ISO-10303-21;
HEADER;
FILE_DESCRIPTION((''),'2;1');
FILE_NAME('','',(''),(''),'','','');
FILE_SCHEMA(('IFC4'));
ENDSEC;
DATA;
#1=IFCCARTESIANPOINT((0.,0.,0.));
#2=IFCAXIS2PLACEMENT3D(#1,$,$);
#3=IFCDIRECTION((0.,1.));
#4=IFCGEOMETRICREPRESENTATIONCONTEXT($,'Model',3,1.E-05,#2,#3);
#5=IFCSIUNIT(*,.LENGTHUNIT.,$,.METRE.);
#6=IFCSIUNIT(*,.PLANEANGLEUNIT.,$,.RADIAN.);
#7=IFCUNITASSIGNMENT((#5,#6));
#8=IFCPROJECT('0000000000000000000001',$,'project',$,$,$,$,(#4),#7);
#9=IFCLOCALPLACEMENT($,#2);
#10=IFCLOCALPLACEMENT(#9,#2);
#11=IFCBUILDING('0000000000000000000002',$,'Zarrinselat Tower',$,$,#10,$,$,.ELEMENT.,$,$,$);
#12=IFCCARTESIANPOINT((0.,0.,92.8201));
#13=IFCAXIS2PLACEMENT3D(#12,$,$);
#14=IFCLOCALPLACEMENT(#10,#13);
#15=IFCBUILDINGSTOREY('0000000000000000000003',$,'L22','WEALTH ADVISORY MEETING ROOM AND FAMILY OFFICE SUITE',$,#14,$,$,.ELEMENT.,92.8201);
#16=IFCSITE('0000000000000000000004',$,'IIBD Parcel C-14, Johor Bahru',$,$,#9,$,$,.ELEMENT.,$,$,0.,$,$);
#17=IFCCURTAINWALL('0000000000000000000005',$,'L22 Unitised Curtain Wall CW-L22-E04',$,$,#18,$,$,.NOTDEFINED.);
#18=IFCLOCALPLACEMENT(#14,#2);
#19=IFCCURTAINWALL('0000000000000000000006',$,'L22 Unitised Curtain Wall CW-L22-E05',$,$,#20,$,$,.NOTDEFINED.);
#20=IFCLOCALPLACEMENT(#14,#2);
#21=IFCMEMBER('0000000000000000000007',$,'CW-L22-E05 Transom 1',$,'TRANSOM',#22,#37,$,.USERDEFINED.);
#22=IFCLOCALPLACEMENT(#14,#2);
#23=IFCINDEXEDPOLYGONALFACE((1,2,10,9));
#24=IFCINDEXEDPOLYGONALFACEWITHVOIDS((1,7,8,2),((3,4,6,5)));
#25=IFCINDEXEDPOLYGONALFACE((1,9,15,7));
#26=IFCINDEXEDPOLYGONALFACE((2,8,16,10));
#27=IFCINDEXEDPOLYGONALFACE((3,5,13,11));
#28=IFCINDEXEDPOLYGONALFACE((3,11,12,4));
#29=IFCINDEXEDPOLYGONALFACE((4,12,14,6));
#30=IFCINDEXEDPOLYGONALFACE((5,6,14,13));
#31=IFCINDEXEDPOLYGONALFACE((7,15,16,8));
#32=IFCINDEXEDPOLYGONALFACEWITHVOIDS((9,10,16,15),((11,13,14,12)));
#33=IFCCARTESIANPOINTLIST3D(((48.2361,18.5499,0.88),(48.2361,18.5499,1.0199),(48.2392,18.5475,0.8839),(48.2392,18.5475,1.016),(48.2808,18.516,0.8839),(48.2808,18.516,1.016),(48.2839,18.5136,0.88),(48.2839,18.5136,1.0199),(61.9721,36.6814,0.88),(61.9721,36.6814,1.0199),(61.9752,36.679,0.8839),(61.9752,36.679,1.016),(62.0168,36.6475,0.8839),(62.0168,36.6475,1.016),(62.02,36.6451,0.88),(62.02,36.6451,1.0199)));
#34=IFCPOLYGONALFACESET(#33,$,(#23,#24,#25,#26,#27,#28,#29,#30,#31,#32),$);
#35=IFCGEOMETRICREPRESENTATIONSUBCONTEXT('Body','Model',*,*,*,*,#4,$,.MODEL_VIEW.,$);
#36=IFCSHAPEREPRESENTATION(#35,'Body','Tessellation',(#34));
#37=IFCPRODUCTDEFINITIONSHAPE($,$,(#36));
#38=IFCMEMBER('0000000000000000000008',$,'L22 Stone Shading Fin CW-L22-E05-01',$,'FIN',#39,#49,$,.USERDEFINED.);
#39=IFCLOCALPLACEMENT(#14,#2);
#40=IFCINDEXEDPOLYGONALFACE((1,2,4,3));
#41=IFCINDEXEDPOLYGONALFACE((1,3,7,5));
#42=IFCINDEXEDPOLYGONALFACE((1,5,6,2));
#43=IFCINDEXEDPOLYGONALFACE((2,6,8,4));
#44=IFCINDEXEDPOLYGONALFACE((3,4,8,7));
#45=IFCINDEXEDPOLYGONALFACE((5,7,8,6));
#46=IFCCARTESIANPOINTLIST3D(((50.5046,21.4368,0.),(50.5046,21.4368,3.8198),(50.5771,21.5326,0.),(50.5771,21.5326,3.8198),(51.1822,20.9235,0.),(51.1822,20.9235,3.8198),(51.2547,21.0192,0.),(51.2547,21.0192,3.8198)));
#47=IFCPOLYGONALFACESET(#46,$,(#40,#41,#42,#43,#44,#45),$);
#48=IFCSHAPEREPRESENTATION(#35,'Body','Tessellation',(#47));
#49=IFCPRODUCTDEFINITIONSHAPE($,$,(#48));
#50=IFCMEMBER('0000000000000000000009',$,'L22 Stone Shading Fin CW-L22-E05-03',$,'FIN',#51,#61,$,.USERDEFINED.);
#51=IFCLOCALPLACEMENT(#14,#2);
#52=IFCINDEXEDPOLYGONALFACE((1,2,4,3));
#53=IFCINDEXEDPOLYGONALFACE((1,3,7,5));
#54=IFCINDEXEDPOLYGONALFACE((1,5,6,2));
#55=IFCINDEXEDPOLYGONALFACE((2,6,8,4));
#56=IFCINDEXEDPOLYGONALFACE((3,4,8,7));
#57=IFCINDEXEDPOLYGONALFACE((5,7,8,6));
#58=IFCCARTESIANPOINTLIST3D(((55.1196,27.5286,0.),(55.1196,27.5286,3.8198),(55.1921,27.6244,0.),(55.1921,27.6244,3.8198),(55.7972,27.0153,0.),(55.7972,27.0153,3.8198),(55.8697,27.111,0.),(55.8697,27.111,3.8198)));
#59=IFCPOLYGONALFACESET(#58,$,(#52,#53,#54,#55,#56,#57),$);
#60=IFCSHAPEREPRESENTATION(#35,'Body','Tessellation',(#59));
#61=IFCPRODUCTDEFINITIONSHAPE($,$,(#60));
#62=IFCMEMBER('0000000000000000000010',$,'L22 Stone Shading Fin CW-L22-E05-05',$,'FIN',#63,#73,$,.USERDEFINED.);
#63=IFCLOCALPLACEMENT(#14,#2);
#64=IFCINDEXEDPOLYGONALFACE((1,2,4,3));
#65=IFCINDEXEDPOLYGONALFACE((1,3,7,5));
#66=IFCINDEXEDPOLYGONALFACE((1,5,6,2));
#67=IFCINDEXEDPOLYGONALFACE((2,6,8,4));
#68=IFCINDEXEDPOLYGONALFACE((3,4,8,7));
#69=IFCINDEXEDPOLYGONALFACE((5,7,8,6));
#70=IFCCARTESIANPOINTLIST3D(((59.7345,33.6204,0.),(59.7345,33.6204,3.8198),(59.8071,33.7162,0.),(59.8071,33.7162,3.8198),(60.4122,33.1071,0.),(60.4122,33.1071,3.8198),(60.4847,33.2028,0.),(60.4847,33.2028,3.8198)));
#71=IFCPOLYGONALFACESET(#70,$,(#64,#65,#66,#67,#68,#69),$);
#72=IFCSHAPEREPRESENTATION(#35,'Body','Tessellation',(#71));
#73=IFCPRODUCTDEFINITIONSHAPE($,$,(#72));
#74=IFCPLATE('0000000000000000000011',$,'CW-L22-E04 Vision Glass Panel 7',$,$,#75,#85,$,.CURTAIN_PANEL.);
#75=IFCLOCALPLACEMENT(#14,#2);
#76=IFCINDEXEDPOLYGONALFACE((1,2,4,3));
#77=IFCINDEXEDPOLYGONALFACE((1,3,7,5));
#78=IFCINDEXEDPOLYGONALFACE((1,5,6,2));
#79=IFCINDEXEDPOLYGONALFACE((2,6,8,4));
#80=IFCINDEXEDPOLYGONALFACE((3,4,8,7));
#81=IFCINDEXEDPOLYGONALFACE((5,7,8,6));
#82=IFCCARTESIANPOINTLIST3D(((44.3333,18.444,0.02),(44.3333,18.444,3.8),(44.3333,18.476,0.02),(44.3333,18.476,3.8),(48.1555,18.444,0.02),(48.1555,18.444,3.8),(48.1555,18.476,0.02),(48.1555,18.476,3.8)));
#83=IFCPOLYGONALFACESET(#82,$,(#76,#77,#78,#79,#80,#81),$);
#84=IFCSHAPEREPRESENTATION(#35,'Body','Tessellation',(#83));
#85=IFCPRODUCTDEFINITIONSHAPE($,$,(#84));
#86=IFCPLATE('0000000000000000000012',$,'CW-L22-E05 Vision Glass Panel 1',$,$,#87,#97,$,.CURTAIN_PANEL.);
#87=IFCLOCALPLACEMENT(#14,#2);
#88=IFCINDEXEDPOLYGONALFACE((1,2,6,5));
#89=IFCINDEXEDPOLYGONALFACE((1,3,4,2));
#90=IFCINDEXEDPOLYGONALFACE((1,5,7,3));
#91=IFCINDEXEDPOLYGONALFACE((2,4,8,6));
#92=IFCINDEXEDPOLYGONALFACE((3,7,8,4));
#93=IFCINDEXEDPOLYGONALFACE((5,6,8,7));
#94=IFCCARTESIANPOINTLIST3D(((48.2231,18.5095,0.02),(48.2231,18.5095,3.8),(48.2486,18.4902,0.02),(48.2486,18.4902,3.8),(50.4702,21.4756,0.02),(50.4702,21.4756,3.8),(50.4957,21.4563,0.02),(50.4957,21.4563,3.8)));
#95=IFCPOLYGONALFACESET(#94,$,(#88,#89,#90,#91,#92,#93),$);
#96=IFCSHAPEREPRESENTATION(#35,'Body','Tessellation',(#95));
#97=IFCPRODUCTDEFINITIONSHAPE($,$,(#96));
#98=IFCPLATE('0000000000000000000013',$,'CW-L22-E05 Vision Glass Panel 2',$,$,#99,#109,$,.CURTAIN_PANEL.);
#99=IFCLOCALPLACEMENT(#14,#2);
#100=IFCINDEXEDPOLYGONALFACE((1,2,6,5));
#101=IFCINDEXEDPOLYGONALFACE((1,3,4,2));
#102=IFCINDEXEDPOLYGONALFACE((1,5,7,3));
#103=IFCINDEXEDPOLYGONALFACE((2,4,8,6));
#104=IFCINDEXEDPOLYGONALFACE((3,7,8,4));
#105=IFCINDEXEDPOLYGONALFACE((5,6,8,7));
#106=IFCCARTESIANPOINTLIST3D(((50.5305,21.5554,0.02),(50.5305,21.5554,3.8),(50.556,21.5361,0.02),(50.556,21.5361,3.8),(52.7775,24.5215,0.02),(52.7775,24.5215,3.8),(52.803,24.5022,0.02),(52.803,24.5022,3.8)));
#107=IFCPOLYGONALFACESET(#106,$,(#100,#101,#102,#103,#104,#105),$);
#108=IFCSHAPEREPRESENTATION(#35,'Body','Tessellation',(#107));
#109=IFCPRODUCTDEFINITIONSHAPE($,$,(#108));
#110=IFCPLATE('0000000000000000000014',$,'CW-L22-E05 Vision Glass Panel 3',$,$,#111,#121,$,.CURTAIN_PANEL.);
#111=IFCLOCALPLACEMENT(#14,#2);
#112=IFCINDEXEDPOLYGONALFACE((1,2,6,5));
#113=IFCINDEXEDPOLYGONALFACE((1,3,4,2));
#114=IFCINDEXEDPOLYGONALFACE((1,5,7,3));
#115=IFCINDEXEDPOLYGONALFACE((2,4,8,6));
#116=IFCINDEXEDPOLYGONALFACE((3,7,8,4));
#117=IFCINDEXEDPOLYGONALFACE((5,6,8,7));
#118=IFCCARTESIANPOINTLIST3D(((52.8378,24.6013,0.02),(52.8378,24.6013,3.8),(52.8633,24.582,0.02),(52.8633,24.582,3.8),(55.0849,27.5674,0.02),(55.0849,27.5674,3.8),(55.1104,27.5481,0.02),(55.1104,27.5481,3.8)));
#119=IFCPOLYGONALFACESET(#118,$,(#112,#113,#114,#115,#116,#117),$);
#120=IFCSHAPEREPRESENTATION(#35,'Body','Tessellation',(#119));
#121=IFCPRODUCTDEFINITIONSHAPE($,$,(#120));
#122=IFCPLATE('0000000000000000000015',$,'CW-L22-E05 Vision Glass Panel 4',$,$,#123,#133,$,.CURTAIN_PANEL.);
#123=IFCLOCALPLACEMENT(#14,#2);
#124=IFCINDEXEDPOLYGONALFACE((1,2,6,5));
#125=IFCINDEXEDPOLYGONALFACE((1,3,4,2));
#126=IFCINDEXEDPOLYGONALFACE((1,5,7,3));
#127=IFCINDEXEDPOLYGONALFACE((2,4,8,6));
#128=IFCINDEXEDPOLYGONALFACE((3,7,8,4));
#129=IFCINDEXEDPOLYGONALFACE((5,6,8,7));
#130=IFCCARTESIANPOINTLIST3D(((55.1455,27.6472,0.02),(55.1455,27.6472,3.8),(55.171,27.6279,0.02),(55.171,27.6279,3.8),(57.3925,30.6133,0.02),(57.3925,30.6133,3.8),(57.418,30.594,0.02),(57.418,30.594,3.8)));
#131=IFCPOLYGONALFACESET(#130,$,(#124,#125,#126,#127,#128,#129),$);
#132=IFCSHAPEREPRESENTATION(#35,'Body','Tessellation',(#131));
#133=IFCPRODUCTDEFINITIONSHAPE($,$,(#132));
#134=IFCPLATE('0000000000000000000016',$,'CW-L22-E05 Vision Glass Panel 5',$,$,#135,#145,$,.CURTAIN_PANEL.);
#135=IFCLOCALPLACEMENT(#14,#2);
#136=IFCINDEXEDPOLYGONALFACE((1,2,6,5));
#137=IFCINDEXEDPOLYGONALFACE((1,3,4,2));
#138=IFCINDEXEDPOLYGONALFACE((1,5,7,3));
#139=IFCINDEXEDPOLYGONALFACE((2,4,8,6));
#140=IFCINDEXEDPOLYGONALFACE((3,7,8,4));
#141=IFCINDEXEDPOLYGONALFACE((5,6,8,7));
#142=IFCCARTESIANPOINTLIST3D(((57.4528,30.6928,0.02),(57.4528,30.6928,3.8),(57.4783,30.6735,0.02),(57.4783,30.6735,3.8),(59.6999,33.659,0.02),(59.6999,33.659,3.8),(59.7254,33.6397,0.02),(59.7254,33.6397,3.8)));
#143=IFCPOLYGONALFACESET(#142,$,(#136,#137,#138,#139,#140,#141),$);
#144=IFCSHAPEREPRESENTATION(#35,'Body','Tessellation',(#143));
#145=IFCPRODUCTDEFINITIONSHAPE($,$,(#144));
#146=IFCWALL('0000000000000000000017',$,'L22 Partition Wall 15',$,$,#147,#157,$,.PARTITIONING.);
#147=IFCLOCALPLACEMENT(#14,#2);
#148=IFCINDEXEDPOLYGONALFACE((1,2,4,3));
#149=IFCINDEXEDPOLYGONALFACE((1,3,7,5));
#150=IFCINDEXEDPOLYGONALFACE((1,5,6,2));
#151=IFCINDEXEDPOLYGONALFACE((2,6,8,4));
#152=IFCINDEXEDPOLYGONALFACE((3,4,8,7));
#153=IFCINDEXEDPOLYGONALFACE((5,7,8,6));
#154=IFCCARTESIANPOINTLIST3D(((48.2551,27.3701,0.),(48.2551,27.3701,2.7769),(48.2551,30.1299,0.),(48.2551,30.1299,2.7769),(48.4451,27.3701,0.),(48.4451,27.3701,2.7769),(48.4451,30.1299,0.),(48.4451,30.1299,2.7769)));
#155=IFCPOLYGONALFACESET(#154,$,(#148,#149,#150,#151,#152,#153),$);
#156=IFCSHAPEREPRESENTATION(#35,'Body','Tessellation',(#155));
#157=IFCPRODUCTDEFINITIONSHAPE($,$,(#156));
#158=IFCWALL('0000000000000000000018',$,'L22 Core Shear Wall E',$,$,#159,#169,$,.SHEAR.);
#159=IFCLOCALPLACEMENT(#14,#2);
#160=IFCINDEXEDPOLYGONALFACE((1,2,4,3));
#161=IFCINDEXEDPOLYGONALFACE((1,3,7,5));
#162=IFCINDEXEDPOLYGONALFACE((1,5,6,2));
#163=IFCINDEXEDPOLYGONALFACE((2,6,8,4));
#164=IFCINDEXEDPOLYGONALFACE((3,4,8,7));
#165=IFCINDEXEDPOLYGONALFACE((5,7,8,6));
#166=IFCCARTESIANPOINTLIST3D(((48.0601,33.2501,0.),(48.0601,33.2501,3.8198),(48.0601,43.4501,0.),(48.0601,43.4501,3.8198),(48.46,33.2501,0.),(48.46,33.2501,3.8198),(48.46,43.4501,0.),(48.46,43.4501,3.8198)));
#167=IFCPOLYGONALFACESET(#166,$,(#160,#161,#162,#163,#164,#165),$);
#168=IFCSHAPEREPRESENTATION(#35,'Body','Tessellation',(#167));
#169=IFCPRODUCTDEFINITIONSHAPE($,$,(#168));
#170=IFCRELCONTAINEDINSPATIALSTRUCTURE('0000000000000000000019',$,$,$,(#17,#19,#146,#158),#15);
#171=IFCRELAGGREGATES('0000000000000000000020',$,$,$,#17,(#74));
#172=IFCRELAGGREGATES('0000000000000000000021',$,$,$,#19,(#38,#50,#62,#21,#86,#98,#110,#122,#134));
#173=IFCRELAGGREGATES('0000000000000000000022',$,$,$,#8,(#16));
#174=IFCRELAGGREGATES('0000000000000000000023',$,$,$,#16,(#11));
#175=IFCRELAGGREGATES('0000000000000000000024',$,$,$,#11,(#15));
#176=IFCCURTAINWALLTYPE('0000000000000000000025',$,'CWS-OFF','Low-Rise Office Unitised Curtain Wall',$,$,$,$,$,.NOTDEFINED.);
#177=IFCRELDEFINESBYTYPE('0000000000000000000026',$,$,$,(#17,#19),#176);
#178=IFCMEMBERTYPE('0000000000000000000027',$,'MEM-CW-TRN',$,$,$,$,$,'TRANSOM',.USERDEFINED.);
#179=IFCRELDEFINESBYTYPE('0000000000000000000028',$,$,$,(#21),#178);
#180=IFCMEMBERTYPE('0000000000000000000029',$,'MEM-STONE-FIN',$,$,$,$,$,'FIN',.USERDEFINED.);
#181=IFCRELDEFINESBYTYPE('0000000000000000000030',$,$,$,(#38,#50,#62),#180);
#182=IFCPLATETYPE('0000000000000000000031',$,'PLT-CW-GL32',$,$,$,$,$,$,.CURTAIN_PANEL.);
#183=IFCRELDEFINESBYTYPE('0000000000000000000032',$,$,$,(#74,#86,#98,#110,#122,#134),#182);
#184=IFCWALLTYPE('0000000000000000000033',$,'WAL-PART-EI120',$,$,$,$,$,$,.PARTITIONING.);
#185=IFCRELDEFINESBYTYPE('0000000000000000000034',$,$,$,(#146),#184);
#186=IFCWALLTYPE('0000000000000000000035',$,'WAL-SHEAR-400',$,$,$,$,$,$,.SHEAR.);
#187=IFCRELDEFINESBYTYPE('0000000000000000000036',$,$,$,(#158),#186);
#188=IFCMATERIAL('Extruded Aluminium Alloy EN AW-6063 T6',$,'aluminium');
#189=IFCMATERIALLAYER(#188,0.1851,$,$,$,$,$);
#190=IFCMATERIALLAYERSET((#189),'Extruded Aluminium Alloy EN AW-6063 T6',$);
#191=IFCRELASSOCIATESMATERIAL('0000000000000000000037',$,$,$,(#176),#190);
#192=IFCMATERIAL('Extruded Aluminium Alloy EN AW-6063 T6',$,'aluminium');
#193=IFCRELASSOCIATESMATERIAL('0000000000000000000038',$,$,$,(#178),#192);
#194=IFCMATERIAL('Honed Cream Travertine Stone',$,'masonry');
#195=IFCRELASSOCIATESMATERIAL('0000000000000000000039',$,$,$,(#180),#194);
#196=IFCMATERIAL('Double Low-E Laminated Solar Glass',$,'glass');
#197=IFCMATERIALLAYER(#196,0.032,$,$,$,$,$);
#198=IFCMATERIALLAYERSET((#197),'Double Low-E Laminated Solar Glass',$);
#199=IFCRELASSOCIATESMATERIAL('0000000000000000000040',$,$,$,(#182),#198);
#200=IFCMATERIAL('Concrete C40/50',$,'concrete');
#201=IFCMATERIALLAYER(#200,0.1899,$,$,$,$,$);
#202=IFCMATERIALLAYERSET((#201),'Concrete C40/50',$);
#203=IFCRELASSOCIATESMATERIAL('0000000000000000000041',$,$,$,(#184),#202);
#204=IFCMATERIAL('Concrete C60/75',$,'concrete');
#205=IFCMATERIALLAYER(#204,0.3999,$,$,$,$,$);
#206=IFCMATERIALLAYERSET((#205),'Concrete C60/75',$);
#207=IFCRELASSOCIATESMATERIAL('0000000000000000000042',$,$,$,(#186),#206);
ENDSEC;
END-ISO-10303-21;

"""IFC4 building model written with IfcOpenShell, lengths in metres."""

from ifc_helpers import new_model, si_unit, direction, frame, frame_2d, origin, origin_2d, place, context, subcontext, project, spatial, rectangle, hollow_rectangle, extrude, material, layer, layer_set, material_profile, profile_set, type_object, element, aggregate, save


model = new_model("IFC4")

# Units and contexts
model_context = context("Model", 3, precision=1e-05, world=origin(), true_north=direction((0.0, 1.0)))
body_context = subcontext(model_context, "Body", "Model", "MODEL_VIEW")
ifc_project = project(units=[si_unit("LENGTHUNIT", "METRE"), si_unit("PLANEANGLEUNIT", "RADIAN")], contexts=[model_context])

# Site, building, storey
site_placement = place(None, origin())
site = spatial("IfcSite", under=ifc_project, at=site_placement, Name="IIBD Parcel C-14, Johor Bahru", CompositionType="ELEMENT", RefElevation=0.0)
building_placement = place(site_placement, origin())
building = spatial("IfcBuilding", under=site, at=building_placement, Name="Zarrinselat Tower", CompositionType="ELEMENT")
storey_placement = place(building_placement, frame((0.0, 0.0, 92.8201)))
storey = spatial("IfcBuildingStorey", under=building, at=storey_placement, Name="L22", Description="WEALTH ADVISORY MEETING ROOM AND FAMILY OFFICE SUITE", CompositionType="ELEMENT", Elevation=92.8201)

# Curtain wall
ifc_material_1 = material(Name="Extruded Aluminium Alloy EN AW-6063 T6", Category="aluminium")
ifc_layer_1 = layer(ifc_material_1, 0.1851)
ifc_layer_set_1 = layer_set([ifc_layer_1], Name="Extruded Aluminium Alloy EN AW-6063 T6")
curtain_wall_type = type_object("IfcCurtainWallType", Name="CWS-OFF", Description="Low-Rise Office Unitised Curtain Wall", PredefinedType="NOTDEFINED", material=ifc_layer_set_1)
curtain_wall_1_placement = place(storey_placement, origin())
curtain_wall_1 = element("IfcCurtainWall", 1, at=curtain_wall_1_placement, inside=storey, type_object=curtain_wall_type, Name="L22 Unitised Curtain Wall CW-L22-E04", PredefinedType="NOTDEFINED")

# Curtain wall, members
curtain_wall_2_placement = place(storey_placement, origin())
curtain_wall_2 = element("IfcCurtainWall", 2, at=curtain_wall_2_placement, inside=storey, type_object=curtain_wall_type, Name="L22 Unitised Curtain Wall CW-L22-E05", PredefinedType="NOTDEFINED")
ifc_material_2 = material(Name="Extruded Aluminium Alloy EN AW-6063 T6", Category="aluminium")
ifc_material_profile_1 = material_profile(ifc_material_2, hollow_rectangle(XDim=0.0601, YDim=0.1399, WallThickness=0.0039, at=origin_2d()), Name="RHS 140x60x4")
ifc_profile_set_1 = profile_set([ifc_material_profile_1], Name="Extruded Aluminium Alloy EN AW-6063 T6")
member_type_1 = type_object("IfcMemberType", Name="MEM-CW-TRN", ElementType="TRANSOM", PredefinedType="USERDEFINED", material=ifc_profile_set_1)
member_1_placement = place(storey_placement, frame((48.26, 18.5317, 0.95), z_axis=(0.603859, 0.797092, 0.0), x_axis=(-0.797092, 0.603859, 0.0)))
member_1 = element("IfcMember", 3, at=member_1_placement, type_object=member_type_1, Name="CW-L22-E05 Transom 1", ObjectType="TRANSOM", PredefinedType="USERDEFINED", context=body_context, shape_type="SweptSolid", body=[
    extrude(hollow_rectangle(XDim=0.0601, YDim=0.1399, WallThickness=0.0039, at=origin_2d()), origin(), (0.0, 0.0, 1.0), 22.7471),
])
ifc_material_3 = material(Name="Honed Cream Travertine Stone", Category="masonry")
ifc_material_profile_2 = material_profile(ifc_material_3, rectangle(XDim=0.1201, YDim=0.8501, at=origin_2d()), Name="FIN 850x120")
ifc_profile_set_2 = profile_set([ifc_material_profile_2], Name="Honed Cream Travertine Stone")
member_type_2 = type_object("IfcMemberType", Name="MEM-STONE-FIN", ElementType="FIN", PredefinedType="USERDEFINED", material=ifc_profile_set_2)
member_2_placement = place(storey_placement, frame((50.8796, 21.228, 0.0), z_axis=(0.0, 0.0, 1.0), x_axis=(-0.603856, -0.797094, 0.0)))
member_2 = element("IfcMember", 4, at=member_2_placement, type_object=member_type_2, Name="L22 Stone Shading Fin CW-L22-E05-01", ObjectType="FIN", PredefinedType="USERDEFINED", context=body_context, shape_type="SweptSolid", body=[
    extrude(rectangle(XDim=0.1201, YDim=0.8501, at=origin_2d()), origin(), (0.0, 0.0, 1.0), 3.8198),
])
member_3_placement = place(storey_placement, frame((55.4946, 27.3198, 0.0), z_axis=(0.0, 0.0, 1.0), x_axis=(-0.603856, -0.797094, 0.0)))
member_3 = element("IfcMember", 5, at=member_3_placement, type_object=member_type_2, Name="L22 Stone Shading Fin CW-L22-E05-03", ObjectType="FIN", PredefinedType="USERDEFINED", context=body_context, shape_type="SweptSolid", body=[
    extrude(rectangle(XDim=0.1201, YDim=0.8501, at=origin_2d()), origin(), (0.0, 0.0, 1.0), 3.8198),
])
member_4_placement = place(storey_placement, frame((60.1096, 33.4116, 0.0), z_axis=(0.0, 0.0, 1.0), x_axis=(-0.603856, -0.797094, 0.0)))
member_4 = element("IfcMember", 6, at=member_4_placement, type_object=member_type_2, Name="L22 Stone Shading Fin CW-L22-E05-05", ObjectType="FIN", PredefinedType="USERDEFINED", context=body_context, shape_type="SweptSolid", body=[
    extrude(rectangle(XDim=0.1201, YDim=0.8501, at=origin_2d()), origin(), (0.0, 0.0, 1.0), 3.8198),
])

# Plates
ifc_material_4 = material(Name="Double Low-E Laminated Solar Glass", Category="glass")
ifc_layer_2 = layer(ifc_material_4, 0.032)
ifc_layer_set_2 = layer_set([ifc_layer_2], Name="Double Low-E Laminated Solar Glass")
plate_type = type_object("IfcPlateType", Name="PLT-CW-GL32", PredefinedType="CURTAIN_PANEL", material=ifc_layer_set_2)
plate_1_placement = place(storey_placement, frame((46.2444, 18.46, 0.02), z_axis=(0.0, 0.0, 1.0), x_axis=(1.0, 0.0, 0.0)))
plate_1 = element("IfcPlate", 7, at=plate_1_placement, type_object=plate_type, Name="CW-L22-E04 Vision Glass Panel 7", PredefinedType="CURTAIN_PANEL", context=body_context, shape_type="SweptSolid", body=[
    extrude(rectangle(XDim=3.8223, YDim=0.032, at=origin_2d()), origin(), (0.0, 0.0, 1.0), 3.78),
])
aggregate(curtain_wall_1, [plate_1])
plate_2_placement = place(storey_placement, frame((49.3594, 19.9829, 0.02), z_axis=(0.0, 0.0, 1.0), x_axis=(0.603856, 0.797094, 0.0)))
plate_2 = element("IfcPlate", 8, at=plate_2_placement, type_object=plate_type, Name="CW-L22-E05 Vision Glass Panel 1", PredefinedType="CURTAIN_PANEL", context=body_context, shape_type="SweptSolid", body=[
    extrude(rectangle(XDim=3.7212, YDim=0.032, at=origin_2d()), origin(), (0.0, 0.0, 1.0), 3.78),
])
plate_3_placement = place(storey_placement, frame((51.6667, 23.0288, 0.02), z_axis=(0.0, 0.0, 1.0), x_axis=(0.603856, 0.797094, 0.0)))
plate_3 = element("IfcPlate", 9, at=plate_3_placement, type_object=plate_type, Name="CW-L22-E05 Vision Glass Panel 2", PredefinedType="CURTAIN_PANEL", context=body_context, shape_type="SweptSolid", body=[
    extrude(rectangle(XDim=3.7212, YDim=0.032, at=origin_2d()), origin(), (0.0, 0.0, 1.0), 3.78),
])
plate_4_placement = place(storey_placement, frame((53.9741, 26.0747, 0.02), z_axis=(0.0, 0.0, 1.0), x_axis=(0.603856, 0.797094, 0.0)))
plate_4 = element("IfcPlate", 10, at=plate_4_placement, type_object=plate_type, Name="CW-L22-E05 Vision Glass Panel 3", PredefinedType="CURTAIN_PANEL", context=body_context, shape_type="SweptSolid", body=[
    extrude(rectangle(XDim=3.7212, YDim=0.032, at=origin_2d()), origin(), (0.0, 0.0, 1.0), 3.78),
])
plate_5_placement = place(storey_placement, frame((56.2817, 29.1206, 0.02), z_axis=(0.0, 0.0, 1.0), x_axis=(0.603856, 0.797094, 0.0)))
plate_5 = element("IfcPlate", 11, at=plate_5_placement, type_object=plate_type, Name="CW-L22-E05 Vision Glass Panel 4", PredefinedType="CURTAIN_PANEL", context=body_context, shape_type="SweptSolid", body=[
    extrude(rectangle(XDim=3.7212, YDim=0.032, at=origin_2d()), origin(), (0.0, 0.0, 1.0), 3.78),
])
plate_6_placement = place(storey_placement, frame((58.5891, 32.1663, 0.02), z_axis=(0.0, 0.0, 1.0), x_axis=(0.603856, 0.797094, 0.0)))
plate_6 = element("IfcPlate", 12, at=plate_6_placement, type_object=plate_type, Name="CW-L22-E05 Vision Glass Panel 5", PredefinedType="CURTAIN_PANEL", context=body_context, shape_type="SweptSolid", body=[
    extrude(rectangle(XDim=3.7212, YDim=0.032, at=origin_2d()), origin(), (0.0, 0.0, 1.0), 3.78),
])
aggregate(curtain_wall_2, [member_2, member_3, member_4, member_1, plate_2, plate_3, plate_4, plate_5, plate_6])

# Walls
ifc_material_5 = material(Name="Concrete C40/50", Category="concrete")
ifc_layer_3 = layer(ifc_material_5, 0.1899)
ifc_layer_set_3 = layer_set([ifc_layer_3], Name="Concrete C40/50")
wall_type_1 = type_object("IfcWallType", Name="WAL-PART-EI120", PredefinedType="PARTITIONING", material=ifc_layer_set_3)
wall_1_placement = place(storey_placement, frame((48.3501, 27.3701, 0.0), z_axis=(0.0, 0.0, 1.0), x_axis=(0.0, 1.0, 0.0)))
element("IfcWall", 13, at=wall_1_placement, inside=storey, type_object=wall_type_1, Name="L22 Partition Wall 15", PredefinedType="PARTITIONING", context=body_context, shape_type="SweptSolid", body=[
    extrude(rectangle(XDim=2.7598, YDim=0.1899, at=frame_2d((1.3799, 0.0))), origin(), (0.0, 0.0, 1.0), 2.7769),
])
ifc_material_6 = material(Name="Concrete C60/75", Category="concrete")
ifc_layer_4 = layer(ifc_material_6, 0.3999)
ifc_layer_set_4 = layer_set([ifc_layer_4], Name="Concrete C60/75")
wall_type_2 = type_object("IfcWallType", Name="WAL-SHEAR-400", PredefinedType="SHEAR", material=ifc_layer_set_4)
wall_2_placement = place(storey_placement, frame((48.26, 33.25, 0.0), z_axis=(0.0, 0.0, 1.0), x_axis=(0.0, 1.0, 0.0)))
element("IfcWall", 14, at=wall_2_placement, inside=storey, type_object=wall_type_2, Name="L22 Core Shear Wall E", PredefinedType="SHEAR", context=body_context, shape_type="SweptSolid", body=[
    extrude(rectangle(XDim=10.2, YDim=0.3999, at=frame_2d((5.1001, 0.0))), origin(), (0.0, 0.0, 1.0), 3.8198),
])

save(model, "model.ifc")
